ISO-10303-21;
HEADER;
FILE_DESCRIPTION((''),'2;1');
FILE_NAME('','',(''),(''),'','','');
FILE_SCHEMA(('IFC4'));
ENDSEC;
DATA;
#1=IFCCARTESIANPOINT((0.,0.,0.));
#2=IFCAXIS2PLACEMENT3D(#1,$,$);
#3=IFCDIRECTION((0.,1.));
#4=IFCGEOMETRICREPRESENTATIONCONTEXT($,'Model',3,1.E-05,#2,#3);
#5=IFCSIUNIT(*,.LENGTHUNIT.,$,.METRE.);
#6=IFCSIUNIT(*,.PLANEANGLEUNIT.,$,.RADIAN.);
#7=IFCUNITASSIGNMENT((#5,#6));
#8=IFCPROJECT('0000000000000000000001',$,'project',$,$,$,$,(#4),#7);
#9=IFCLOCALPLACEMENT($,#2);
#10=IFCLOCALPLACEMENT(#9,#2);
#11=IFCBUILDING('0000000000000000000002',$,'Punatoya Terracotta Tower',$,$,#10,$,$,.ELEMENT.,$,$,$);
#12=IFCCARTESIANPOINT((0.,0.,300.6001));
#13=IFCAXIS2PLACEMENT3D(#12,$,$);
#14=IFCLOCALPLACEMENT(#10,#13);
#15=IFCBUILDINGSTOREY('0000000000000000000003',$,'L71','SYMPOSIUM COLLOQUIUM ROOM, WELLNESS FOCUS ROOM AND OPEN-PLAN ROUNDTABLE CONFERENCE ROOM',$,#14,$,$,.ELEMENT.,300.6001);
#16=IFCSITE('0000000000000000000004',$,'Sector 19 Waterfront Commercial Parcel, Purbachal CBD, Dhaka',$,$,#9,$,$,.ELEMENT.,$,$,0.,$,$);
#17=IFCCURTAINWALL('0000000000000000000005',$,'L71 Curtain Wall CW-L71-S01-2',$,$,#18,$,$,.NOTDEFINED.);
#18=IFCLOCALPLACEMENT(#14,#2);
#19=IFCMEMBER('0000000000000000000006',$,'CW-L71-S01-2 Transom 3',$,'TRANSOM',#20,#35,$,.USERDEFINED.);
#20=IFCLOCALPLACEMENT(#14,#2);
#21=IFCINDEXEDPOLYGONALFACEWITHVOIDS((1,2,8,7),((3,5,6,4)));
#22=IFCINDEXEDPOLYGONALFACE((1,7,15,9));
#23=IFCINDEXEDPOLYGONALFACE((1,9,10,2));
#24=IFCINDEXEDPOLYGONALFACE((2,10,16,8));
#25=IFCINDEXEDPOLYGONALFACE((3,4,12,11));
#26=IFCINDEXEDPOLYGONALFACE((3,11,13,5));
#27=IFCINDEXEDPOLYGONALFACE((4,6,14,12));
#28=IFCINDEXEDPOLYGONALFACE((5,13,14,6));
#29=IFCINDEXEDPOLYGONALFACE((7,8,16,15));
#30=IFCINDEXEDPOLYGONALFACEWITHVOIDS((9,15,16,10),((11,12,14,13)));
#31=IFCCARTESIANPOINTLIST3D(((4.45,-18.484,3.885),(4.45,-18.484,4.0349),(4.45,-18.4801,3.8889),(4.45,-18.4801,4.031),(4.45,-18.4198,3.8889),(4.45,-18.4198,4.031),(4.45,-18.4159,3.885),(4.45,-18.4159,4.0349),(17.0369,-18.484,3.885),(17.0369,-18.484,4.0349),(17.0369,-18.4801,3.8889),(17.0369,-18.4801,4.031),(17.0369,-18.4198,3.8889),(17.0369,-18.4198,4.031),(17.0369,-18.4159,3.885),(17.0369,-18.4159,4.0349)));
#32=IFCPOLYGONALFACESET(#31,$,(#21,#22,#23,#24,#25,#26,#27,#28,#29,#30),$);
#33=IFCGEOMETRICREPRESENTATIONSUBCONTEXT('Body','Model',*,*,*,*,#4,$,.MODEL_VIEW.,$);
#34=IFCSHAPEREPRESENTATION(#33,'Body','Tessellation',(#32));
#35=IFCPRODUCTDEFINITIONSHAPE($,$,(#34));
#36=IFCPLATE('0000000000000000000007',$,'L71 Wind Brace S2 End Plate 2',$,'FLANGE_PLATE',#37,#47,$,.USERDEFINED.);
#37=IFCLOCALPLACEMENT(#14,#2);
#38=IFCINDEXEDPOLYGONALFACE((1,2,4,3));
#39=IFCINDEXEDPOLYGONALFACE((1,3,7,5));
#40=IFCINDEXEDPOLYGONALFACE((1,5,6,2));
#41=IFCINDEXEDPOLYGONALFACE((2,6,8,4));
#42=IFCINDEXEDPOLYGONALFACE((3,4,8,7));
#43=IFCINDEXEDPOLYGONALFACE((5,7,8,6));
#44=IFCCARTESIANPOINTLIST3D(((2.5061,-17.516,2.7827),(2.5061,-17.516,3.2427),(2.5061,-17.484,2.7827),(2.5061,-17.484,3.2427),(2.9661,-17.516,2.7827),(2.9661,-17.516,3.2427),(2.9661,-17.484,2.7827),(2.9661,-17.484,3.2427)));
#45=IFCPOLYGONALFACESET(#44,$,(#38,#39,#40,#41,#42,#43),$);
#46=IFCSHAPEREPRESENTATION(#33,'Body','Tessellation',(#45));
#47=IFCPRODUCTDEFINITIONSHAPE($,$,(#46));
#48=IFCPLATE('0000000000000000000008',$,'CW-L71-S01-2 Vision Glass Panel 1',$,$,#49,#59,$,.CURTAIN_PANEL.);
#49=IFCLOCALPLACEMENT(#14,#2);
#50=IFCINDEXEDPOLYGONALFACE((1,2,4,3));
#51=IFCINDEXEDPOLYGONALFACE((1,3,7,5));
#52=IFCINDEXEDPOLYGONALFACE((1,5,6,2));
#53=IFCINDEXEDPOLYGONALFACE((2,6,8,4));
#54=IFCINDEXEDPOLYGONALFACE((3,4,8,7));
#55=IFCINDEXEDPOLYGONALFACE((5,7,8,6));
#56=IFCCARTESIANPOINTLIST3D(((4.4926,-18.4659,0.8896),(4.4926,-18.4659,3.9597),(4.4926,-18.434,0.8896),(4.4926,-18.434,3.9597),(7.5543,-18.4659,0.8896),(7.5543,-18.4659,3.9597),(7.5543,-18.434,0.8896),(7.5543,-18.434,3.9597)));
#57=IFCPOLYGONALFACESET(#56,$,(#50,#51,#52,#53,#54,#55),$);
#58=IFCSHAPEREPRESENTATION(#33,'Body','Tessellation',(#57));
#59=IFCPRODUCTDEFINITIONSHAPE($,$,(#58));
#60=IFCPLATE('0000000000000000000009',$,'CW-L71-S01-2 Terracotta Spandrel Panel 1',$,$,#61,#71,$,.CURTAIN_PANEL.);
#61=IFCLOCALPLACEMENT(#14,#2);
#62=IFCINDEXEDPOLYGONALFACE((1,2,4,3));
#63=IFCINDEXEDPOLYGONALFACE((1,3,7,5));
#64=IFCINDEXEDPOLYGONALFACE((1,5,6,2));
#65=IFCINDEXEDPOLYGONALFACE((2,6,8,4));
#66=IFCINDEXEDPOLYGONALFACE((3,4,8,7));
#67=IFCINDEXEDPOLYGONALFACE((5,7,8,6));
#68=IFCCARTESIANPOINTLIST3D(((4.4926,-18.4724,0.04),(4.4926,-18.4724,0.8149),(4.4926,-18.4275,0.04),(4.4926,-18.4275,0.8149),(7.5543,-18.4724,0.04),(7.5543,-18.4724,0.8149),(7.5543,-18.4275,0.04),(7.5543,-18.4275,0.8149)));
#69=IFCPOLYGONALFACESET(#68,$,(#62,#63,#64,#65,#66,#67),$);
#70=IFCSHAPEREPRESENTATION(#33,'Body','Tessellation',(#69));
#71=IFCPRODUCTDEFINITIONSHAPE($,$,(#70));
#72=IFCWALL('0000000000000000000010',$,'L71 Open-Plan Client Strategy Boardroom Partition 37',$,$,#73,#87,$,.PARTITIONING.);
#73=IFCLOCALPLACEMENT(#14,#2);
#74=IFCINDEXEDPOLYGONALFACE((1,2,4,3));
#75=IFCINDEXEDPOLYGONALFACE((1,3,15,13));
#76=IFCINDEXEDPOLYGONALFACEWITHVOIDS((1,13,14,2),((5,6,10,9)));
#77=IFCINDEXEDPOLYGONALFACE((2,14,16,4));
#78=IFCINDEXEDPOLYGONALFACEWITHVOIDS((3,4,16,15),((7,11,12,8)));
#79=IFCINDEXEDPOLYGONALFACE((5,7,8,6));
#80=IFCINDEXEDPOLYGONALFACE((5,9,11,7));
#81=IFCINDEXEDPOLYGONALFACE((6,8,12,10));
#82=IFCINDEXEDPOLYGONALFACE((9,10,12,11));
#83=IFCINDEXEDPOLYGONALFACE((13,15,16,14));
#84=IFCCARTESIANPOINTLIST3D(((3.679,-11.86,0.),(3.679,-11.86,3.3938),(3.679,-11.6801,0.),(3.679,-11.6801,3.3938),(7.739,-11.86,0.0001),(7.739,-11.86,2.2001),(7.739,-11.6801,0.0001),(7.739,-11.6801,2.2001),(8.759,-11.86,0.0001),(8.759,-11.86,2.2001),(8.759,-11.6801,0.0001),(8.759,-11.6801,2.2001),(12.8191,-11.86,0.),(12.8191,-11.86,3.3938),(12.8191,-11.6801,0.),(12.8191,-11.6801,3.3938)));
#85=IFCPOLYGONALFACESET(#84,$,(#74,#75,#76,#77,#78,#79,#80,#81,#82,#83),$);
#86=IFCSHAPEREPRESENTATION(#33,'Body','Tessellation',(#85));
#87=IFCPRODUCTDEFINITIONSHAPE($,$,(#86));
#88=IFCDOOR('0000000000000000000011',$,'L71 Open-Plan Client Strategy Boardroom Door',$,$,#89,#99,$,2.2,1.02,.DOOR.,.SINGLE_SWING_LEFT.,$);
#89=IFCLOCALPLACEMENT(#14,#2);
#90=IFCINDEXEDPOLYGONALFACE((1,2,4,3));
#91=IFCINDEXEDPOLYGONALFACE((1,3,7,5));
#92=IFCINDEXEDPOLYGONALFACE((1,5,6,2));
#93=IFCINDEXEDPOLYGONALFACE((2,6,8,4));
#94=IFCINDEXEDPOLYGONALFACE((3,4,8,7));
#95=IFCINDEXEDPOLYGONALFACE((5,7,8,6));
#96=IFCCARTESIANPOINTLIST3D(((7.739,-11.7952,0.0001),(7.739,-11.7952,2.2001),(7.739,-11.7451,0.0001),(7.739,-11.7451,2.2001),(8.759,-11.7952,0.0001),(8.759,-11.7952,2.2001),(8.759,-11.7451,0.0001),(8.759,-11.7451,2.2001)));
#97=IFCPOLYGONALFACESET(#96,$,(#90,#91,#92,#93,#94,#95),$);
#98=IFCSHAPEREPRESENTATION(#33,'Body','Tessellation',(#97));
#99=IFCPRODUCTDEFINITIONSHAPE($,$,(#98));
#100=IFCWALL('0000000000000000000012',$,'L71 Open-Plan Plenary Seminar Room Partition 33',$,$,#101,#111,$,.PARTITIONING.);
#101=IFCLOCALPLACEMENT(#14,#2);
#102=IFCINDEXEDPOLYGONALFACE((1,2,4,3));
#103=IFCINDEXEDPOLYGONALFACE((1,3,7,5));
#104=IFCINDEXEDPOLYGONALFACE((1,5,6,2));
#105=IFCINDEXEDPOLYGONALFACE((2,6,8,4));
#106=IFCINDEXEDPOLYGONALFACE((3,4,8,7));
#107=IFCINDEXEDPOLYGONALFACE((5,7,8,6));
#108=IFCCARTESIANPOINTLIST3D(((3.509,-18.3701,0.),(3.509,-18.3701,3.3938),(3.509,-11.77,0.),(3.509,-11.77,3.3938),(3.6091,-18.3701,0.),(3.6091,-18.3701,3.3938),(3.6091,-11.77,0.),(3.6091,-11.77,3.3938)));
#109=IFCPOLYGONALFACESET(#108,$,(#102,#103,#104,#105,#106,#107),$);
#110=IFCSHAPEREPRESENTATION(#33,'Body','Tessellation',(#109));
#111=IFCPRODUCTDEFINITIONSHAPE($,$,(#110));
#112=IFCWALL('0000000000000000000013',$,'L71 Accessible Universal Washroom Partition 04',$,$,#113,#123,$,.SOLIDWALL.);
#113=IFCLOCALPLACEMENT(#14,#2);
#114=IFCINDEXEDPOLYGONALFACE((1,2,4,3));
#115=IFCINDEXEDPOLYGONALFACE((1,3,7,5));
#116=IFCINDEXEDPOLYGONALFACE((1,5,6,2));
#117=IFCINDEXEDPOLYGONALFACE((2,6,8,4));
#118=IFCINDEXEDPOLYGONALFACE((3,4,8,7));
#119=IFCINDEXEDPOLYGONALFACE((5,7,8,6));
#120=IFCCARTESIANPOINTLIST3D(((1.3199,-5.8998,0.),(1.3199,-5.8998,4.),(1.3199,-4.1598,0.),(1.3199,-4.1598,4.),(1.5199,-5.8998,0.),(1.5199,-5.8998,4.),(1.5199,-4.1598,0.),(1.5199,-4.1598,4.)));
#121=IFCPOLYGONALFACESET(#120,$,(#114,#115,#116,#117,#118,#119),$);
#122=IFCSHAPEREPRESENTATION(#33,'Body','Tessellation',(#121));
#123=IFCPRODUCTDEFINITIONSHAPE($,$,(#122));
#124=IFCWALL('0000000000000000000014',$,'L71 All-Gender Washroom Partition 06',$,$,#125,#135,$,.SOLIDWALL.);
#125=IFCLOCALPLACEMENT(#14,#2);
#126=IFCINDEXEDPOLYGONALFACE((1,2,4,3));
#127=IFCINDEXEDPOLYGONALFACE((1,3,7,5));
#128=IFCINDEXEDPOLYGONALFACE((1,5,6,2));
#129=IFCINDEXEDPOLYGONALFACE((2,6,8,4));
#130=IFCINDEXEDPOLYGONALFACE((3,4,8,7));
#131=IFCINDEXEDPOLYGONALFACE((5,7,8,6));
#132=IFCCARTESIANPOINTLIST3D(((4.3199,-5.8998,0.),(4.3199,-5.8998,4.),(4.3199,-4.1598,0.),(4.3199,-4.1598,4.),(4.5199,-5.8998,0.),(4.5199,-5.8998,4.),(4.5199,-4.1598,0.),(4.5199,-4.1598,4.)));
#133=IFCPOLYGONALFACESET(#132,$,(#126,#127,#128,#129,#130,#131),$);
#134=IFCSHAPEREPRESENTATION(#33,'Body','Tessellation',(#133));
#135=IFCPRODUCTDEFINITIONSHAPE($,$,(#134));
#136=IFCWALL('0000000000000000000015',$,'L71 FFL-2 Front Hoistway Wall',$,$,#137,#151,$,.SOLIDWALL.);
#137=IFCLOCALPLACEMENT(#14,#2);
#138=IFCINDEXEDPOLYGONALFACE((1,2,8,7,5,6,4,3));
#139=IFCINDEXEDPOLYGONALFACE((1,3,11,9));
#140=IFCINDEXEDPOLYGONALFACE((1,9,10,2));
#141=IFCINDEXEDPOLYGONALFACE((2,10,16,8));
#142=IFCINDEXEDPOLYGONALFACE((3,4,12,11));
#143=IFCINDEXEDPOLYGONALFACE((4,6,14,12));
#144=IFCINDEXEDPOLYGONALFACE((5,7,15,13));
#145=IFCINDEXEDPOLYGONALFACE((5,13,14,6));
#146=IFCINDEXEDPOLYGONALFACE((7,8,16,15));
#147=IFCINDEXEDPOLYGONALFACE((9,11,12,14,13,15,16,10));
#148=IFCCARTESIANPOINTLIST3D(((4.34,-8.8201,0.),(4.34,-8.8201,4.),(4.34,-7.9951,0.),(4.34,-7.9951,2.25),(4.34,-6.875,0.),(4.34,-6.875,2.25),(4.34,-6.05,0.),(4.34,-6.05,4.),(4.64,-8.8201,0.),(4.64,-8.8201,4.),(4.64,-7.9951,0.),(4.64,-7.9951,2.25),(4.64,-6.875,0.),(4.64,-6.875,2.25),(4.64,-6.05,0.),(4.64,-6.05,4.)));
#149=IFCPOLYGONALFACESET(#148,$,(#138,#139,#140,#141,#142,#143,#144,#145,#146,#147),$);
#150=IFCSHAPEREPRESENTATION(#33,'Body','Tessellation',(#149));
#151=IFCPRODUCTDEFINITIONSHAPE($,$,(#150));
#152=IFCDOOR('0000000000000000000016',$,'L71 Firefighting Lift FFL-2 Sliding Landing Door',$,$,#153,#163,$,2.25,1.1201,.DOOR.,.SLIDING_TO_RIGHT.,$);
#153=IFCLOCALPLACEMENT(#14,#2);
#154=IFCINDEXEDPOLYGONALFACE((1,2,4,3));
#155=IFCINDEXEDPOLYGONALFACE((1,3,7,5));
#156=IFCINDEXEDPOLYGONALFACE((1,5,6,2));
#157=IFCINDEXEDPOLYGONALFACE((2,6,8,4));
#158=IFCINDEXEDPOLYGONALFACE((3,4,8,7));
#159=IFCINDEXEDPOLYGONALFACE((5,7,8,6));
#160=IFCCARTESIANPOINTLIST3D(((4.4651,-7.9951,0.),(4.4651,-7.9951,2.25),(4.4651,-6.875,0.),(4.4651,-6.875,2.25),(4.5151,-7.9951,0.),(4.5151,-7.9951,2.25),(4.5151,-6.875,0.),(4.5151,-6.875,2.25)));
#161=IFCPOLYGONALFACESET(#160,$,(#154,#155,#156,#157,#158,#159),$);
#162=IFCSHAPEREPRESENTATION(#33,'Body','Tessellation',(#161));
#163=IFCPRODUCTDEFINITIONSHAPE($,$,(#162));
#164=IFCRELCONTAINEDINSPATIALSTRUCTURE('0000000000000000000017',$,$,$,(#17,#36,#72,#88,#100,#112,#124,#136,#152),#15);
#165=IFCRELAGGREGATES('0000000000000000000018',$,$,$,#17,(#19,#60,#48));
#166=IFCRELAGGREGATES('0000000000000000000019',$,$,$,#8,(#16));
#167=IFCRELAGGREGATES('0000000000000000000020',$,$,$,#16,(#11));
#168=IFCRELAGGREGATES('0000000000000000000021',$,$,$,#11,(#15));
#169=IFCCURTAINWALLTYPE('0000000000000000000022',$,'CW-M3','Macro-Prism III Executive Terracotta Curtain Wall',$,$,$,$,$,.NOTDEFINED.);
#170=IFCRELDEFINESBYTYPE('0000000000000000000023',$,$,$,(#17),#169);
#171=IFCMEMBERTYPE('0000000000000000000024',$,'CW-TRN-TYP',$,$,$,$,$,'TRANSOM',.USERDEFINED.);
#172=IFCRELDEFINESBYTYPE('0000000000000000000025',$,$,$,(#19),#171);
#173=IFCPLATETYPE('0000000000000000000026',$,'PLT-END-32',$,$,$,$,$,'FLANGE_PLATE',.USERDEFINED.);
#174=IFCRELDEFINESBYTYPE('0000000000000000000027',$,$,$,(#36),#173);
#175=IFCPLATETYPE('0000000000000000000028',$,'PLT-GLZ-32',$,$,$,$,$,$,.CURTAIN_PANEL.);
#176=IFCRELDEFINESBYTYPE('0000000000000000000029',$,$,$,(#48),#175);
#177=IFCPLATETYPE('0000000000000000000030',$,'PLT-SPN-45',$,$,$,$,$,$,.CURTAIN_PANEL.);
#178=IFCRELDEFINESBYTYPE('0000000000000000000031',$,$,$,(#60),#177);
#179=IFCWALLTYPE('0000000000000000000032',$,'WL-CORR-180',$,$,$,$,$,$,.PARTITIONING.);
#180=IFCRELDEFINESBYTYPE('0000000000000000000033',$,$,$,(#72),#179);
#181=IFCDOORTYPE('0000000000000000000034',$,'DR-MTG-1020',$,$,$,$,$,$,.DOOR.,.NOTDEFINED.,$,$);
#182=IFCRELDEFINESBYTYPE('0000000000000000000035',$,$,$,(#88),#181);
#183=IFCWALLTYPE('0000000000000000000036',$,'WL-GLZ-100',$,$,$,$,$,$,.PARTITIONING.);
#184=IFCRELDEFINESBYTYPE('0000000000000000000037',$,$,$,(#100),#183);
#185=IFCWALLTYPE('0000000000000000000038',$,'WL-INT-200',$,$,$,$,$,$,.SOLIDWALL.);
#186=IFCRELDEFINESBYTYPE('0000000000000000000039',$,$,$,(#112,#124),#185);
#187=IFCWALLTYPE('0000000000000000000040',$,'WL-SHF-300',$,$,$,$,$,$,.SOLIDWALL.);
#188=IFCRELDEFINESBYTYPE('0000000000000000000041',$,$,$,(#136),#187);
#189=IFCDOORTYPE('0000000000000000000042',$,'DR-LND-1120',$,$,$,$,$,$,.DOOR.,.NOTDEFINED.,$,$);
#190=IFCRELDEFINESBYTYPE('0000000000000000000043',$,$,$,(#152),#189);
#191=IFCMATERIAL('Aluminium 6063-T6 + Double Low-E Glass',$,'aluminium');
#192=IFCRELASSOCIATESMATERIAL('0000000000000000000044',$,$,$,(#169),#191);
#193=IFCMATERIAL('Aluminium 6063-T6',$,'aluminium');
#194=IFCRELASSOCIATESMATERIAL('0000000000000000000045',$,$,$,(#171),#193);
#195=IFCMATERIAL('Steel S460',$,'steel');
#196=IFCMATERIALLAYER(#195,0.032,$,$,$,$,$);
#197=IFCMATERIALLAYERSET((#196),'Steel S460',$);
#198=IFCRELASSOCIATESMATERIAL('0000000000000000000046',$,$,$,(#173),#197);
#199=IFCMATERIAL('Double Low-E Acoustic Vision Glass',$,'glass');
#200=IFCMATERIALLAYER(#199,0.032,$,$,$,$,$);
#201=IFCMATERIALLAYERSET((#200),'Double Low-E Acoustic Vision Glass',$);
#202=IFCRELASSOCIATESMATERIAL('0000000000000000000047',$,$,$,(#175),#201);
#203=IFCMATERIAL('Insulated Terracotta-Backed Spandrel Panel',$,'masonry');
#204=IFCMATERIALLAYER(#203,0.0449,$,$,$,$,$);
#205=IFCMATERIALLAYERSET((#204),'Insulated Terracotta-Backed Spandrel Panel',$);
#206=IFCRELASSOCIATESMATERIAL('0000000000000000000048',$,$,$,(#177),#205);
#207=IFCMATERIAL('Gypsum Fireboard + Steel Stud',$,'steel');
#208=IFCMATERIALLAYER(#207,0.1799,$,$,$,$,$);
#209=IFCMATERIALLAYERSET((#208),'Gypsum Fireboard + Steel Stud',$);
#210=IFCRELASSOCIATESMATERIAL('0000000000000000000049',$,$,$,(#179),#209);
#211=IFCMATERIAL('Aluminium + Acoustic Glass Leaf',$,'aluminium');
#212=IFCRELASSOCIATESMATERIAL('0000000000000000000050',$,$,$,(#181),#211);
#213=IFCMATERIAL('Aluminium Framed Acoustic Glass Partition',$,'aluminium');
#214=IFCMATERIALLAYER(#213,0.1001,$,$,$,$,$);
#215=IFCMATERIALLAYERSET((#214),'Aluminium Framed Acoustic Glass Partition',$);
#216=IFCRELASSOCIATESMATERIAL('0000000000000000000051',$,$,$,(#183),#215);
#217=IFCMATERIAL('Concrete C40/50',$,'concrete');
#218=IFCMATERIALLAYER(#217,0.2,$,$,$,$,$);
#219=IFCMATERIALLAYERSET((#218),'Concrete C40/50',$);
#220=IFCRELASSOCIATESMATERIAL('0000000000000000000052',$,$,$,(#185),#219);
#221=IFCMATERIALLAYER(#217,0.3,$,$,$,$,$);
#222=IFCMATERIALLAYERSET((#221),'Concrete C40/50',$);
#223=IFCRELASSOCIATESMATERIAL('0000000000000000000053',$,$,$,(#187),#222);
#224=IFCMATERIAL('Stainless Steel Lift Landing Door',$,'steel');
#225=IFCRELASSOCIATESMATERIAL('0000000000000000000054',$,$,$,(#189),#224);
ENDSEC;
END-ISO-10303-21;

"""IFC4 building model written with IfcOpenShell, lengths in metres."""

from ifc_helpers import new_model, si_unit, direction, frame, frame_2d, origin, origin_2d, place, context, subcontext, project, spatial, rectangle, hollow_rectangle, extrude, material, layer, layer_set, material_profile, profile_set, type_object, element, fill, aggregate, save


model = new_model("IFC4")

# Units and contexts
model_context = context("Model", 3, precision=1e-05, world=origin(), true_north=direction((0.0, 1.0)))
body_context = subcontext(model_context, "Body", "Model", "MODEL_VIEW")
ifc_project = project(units=[si_unit("LENGTHUNIT", "METRE"), si_unit("PLANEANGLEUNIT", "RADIAN")], contexts=[model_context])

# Site, building, storey
site_placement = place(None, origin())
site = spatial("IfcSite", under=ifc_project, at=site_placement, Name="Sector 19 Waterfront Commercial Parcel, Purbachal CBD, Dhaka", CompositionType="ELEMENT", RefElevation=0.0)
building_placement = place(site_placement, origin())
building = spatial("IfcBuilding", under=site, at=building_placement, Name="Punatoya Terracotta Tower", CompositionType="ELEMENT")
storey_placement = place(building_placement, frame((0.0, 0.0, 300.6001)))
storey = spatial("IfcBuildingStorey", under=building, at=storey_placement, Name="L71", Description="SYMPOSIUM COLLOQUIUM ROOM, WELLNESS FOCUS ROOM AND OPEN-PLAN ROUNDTABLE CONFERENCE ROOM", CompositionType="ELEMENT", Elevation=300.6001)

# Shared definitions
ifc_material_1 = material(Name="Steel S460", Category="steel")

# Curtain wall, member
ifc_material_2 = material(Name="Aluminium 6063-T6 + Double Low-E Glass", Category="aluminium")
curtain_wall_type = type_object("IfcCurtainWallType", Name="CW-M3", Description="Macro-Prism III Executive Terracotta Curtain Wall", PredefinedType="NOTDEFINED", material=ifc_material_2)
curtain_wall_placement = place(storey_placement, origin())
curtain_wall = element("IfcCurtainWall", 1, at=curtain_wall_placement, inside=storey, type_object=curtain_wall_type, Name="L71 Curtain Wall CW-L71-S01-2", PredefinedType="NOTDEFINED")
ifc_material_3 = material(Name="Aluminium 6063-T6", Category="aluminium")
ifc_material_profile_1 = material_profile(ifc_material_3, hollow_rectangle(XDim=0.0681, YDim=0.1499, WallThickness=0.0039, at=origin_2d()))
ifc_profile_set_1 = profile_set([ifc_material_profile_1], Name="Aluminium 6063-T6")
member_type_1 = type_object("IfcMemberType", Name="CW-TRN-TYP", ElementType="TRANSOM", PredefinedType="USERDEFINED", material=ifc_profile_set_1)
member_1_placement = place(storey_placement, frame((4.45, -18.45, 3.96), z_axis=(1.0, 0.0, 0.0), x_axis=(0.0, 1.0, 0.0)))
member_1 = element("IfcMember", 2, at=member_1_placement, type_object=member_type_1, Name="CW-L71-S01-2 Transom 3", ObjectType="TRANSOM", PredefinedType="USERDEFINED", context=body_context, shape_type="SweptSolid", body=[
    extrude(hollow_rectangle(XDim=0.0681, YDim=0.1499, WallThickness=0.0039, at=origin_2d()), origin(), (0.0, 0.0, 1.0), 12.5869),
])

# Plates
ifc_layer_1 = layer(ifc_material_1, 0.032)
ifc_layer_set_1 = layer_set([ifc_layer_1], Name="Steel S460")
plate_type_1 = type_object("IfcPlateType", Name="PLT-END-32", ElementType="FLANGE_PLATE", PredefinedType="USERDEFINED", material=ifc_layer_set_1)
plate_1_placement = place(storey_placement, frame((2.7361, -17.5, 2.7827), z_axis=(0.0, 0.0, 1.0), x_axis=(1.0, 0.0, 0.0)))
element("IfcPlate", 3, at=plate_1_placement, inside=storey, type_object=plate_type_1, Name="L71 Wind Brace S2 End Plate 2", ObjectType="FLANGE_PLATE", PredefinedType="USERDEFINED", context=body_context, shape_type="SweptSolid", body=[
    extrude(rectangle(XDim=0.46, YDim=0.032, at=origin_2d()), origin(), (0.0, 0.0, 1.0), 0.46),
])
ifc_material_4 = material(Name="Double Low-E Acoustic Vision Glass", Category="glass")
ifc_layer_2 = layer(ifc_material_4, 0.032)
ifc_layer_set_2 = layer_set([ifc_layer_2], Name="Double Low-E Acoustic Vision Glass")
plate_type_2 = type_object("IfcPlateType", Name="PLT-GLZ-32", PredefinedType="CURTAIN_PANEL", material=ifc_layer_set_2)
plate_2_placement = place(storey_placement, frame((6.0234, -18.45, 0.8896), z_axis=(0.0, 0.0, 1.0), x_axis=(1.0, 0.0, 0.0)))
plate_2 = element("IfcPlate", 4, at=plate_2_placement, type_object=plate_type_2, Name="CW-L71-S01-2 Vision Glass Panel 1", PredefinedType="CURTAIN_PANEL", context=body_context, shape_type="SweptSolid", body=[
    extrude(rectangle(XDim=3.0618, YDim=0.032, at=origin_2d()), origin(), (0.0, 0.0, 1.0), 3.0701),
])
ifc_material_5 = material(Name="Insulated Terracotta-Backed Spandrel Panel", Category="masonry")
ifc_layer_3 = layer(ifc_material_5, 0.0449)
ifc_layer_set_3 = layer_set([ifc_layer_3], Name="Insulated Terracotta-Backed Spandrel Panel")
plate_type_3 = type_object("IfcPlateType", Name="PLT-SPN-45", PredefinedType="CURTAIN_PANEL", material=ifc_layer_set_3)
plate_3_placement = place(storey_placement, frame((6.0234, -18.45, 0.04), z_axis=(0.0, 0.0, 1.0), x_axis=(1.0, 0.0, 0.0)))
plate_3 = element("IfcPlate", 5, at=plate_3_placement, type_object=plate_type_3, Name="CW-L71-S01-2 Terracotta Spandrel Panel 1", PredefinedType="CURTAIN_PANEL", context=body_context, shape_type="SweptSolid", body=[
    extrude(rectangle(XDim=3.0618, YDim=0.0449, at=origin_2d()), origin(), (0.0, 0.0, 1.0), 0.7749),
])
aggregate(curtain_wall, [member_1, plate_3, plate_2])

# Wall, opening, door
ifc_material_6 = material(Name="Gypsum Fireboard + Steel Stud", Category="steel")
ifc_layer_4 = layer(ifc_material_6, 0.1799)
ifc_layer_set_4 = layer_set([ifc_layer_4], Name="Gypsum Fireboard + Steel Stud")
wall_type_1 = type_object("IfcWallType", Name="WL-CORR-180", PredefinedType="PARTITIONING", material=ifc_layer_set_4)
wall_1_placement = place(storey_placement, frame((3.679, -11.77, 0.0), z_axis=(0.0, 0.0, 1.0), x_axis=(1.0, 0.0, 0.0)))
wall_1 = element("IfcWall", 6, at=wall_1_placement, inside=storey, type_object=wall_type_1, Name="L71 Open-Plan Client Strategy Boardroom Partition 37", PredefinedType="PARTITIONING", context=body_context, shape_type="SweptSolid", body=[
    extrude(rectangle(XDim=9.1401, YDim=0.1799, at=frame_2d((4.5701, 0.0))), origin(), (0.0, 0.0, 1.0), 3.3938),
])
opening_1_placement = place(wall_1_placement, frame((4.0601, 0.0, 0.0)))
opening_1 = element("IfcOpeningElement", 7, at=opening_1_placement, cuts=wall_1, PredefinedType="OPENING", context=body_context, shape_type="SweptSolid", body=[
    extrude(rectangle(XDim=1.02, YDim=2.2, at=frame_2d((0.51, 1.1001))), frame((0.0, 0.0999, 0.0), z_axis=(0.0, -1.0, 0.0), x_axis=(1.0, 0.0, 0.0)), (0.0, 0.0, 1.0), 0.2),
])
ifc_material_7 = material(Name="Aluminium + Acoustic Glass Leaf", Category="aluminium")
door_type_1 = type_object("IfcDoorType", Name="DR-MTG-1020", OperationType="NOTDEFINED", PredefinedType="DOOR", material=ifc_material_7)
door_1_placement = place(opening_1_placement, origin())
door_1 = element("IfcDoor", 8, at=door_1_placement, inside=storey, type_object=door_type_1, Name="L71 Open-Plan Client Strategy Boardroom Door", OperationType="SINGLE_SWING_LEFT", OverallHeight=2.2, OverallWidth=1.02, PredefinedType="DOOR", context=body_context, shape_type="SweptSolid", body=[
    extrude(rectangle(XDim=1.02, YDim=2.2, at=frame_2d((0.51, 1.1001))), frame((0.0, 0.0249, 0.0), z_axis=(0.0, -1.0, 0.0), x_axis=(1.0, 0.0, 0.0)), (0.0, 0.0, 1.0), 0.05),
])
fill(opening_1, door_1)

# Walls
ifc_material_8 = material(Name="Aluminium Framed Acoustic Glass Partition", Category="aluminium")
ifc_layer_5 = layer(ifc_material_8, 0.1001)
ifc_layer_set_5 = layer_set([ifc_layer_5], Name="Aluminium Framed Acoustic Glass Partition")
wall_type_2 = type_object("IfcWallType", Name="WL-GLZ-100", PredefinedType="PARTITIONING", material=ifc_layer_set_5)
wall_2_placement = place(storey_placement, frame((3.5591, -11.77, 0.0), z_axis=(0.0, 0.0, 1.0), x_axis=(0.0, -1.0, 0.0)))
element("IfcWall", 9, at=wall_2_placement, inside=storey, type_object=wall_type_2, Name="L71 Open-Plan Plenary Seminar Room Partition 33", PredefinedType="PARTITIONING", context=body_context, shape_type="SweptSolid", body=[
    extrude(rectangle(XDim=6.6001, YDim=0.1001, at=frame_2d((3.3, 0.0))), origin(), (0.0, 0.0, 1.0), 3.3938),
])
ifc_material_9 = material(Name="Concrete C40/50", Category="concrete")
ifc_layer_6 = layer(ifc_material_9, 0.2)
ifc_layer_set_6 = layer_set([ifc_layer_6], Name="Concrete C40/50")
wall_type_3 = type_object("IfcWallType", Name="WL-INT-200", PredefinedType="SOLIDWALL", material=ifc_layer_set_6)
wall_3_placement = place(storey_placement, frame((1.4199, -5.8999, 0.0), z_axis=(0.0, 0.0, 1.0), x_axis=(0.0, 1.0, 0.0)))
element("IfcWall", 10, at=wall_3_placement, inside=storey, type_object=wall_type_3, Name="L71 Accessible Universal Washroom Partition 04", PredefinedType="SOLIDWALL", context=body_context, shape_type="SweptSolid", body=[
    extrude(rectangle(XDim=1.74, YDim=0.2, at=frame_2d((0.8701, 0.0))), origin(), (0.0, 0.0, 1.0), 4.0),
])

# Wall
wall_4_placement = place(storey_placement, frame((4.4199, -5.8999, 0.0), z_axis=(0.0, 0.0, 1.0), x_axis=(0.0, 1.0, 0.0)))
element("IfcWall", 11, at=wall_4_placement, inside=storey, type_object=wall_type_3, Name="L71 All-Gender Washroom Partition 06", PredefinedType="SOLIDWALL", context=body_context, shape_type="SweptSolid", body=[
    extrude(rectangle(XDim=1.74, YDim=0.2, at=frame_2d((0.8701, 0.0))), origin(), (0.0, 0.0, 1.0), 4.0),
])

# Wall, opening, door
ifc_layer_7 = layer(ifc_material_9, 0.3)
ifc_layer_set_7 = layer_set([ifc_layer_7], Name="Concrete C40/50")
wall_type_4 = type_object("IfcWallType", Name="WL-SHF-300", PredefinedType="SOLIDWALL", material=ifc_layer_set_7)
wall_5_placement = place(storey_placement, frame((4.49, -8.8201, 0.0), z_axis=(0.0, 0.0, 1.0), x_axis=(0.0, 1.0, 0.0)))
wall_5 = element("IfcWall", 12, at=wall_5_placement, inside=storey, type_object=wall_type_4, Name="L71 FFL-2 Front Hoistway Wall", PredefinedType="SOLIDWALL", context=body_context, shape_type="SweptSolid", body=[
    extrude(rectangle(XDim=2.77, YDim=0.3, at=frame_2d((1.385, 0.0))), origin(), (0.0, 0.0, 1.0), 4.0),
])
opening_2_placement = place(wall_5_placement, frame((0.825, 0.0, 0.0)))
opening_2 = element("IfcOpeningElement", 13, at=opening_2_placement, cuts=wall_5, PredefinedType="OPENING", context=body_context, shape_type="SweptSolid", body=[
    extrude(rectangle(XDim=1.1201, YDim=2.25, at=frame_2d((0.5601, 1.125))), frame((0.0, 0.1599, 0.0), z_axis=(0.0, -1.0, 0.0), x_axis=(1.0, 0.0, 0.0)), (0.0, 0.0, 1.0), 0.3201),
])
ifc_material_10 = material(Name="Stainless Steel Lift Landing Door", Category="steel")
door_type_2 = type_object("IfcDoorType", Name="DR-LND-1120", OperationType="NOTDEFINED", PredefinedType="DOOR", material=ifc_material_10)
door_2_placement = place(opening_2_placement, origin())
door_2 = element("IfcDoor", 14, at=door_2_placement, inside=storey, type_object=door_type_2, Name="L71 Firefighting Lift FFL-2 Sliding Landing Door", OperationType="SLIDING_TO_RIGHT", OverallHeight=2.25, OverallWidth=1.1201, PredefinedType="DOOR", context=body_context, shape_type="SweptSolid", body=[
    extrude(rectangle(XDim=1.1201, YDim=2.25, at=frame_2d((0.5601, 1.125))), frame((0.0, 0.0249, 0.0), z_axis=(0.0, -1.0, 0.0), x_axis=(1.0, 0.0, 0.0)), (0.0, 0.0, 1.0), 0.05),
])
fill(opening_2, door_2)

save(model, "model.ifc")
